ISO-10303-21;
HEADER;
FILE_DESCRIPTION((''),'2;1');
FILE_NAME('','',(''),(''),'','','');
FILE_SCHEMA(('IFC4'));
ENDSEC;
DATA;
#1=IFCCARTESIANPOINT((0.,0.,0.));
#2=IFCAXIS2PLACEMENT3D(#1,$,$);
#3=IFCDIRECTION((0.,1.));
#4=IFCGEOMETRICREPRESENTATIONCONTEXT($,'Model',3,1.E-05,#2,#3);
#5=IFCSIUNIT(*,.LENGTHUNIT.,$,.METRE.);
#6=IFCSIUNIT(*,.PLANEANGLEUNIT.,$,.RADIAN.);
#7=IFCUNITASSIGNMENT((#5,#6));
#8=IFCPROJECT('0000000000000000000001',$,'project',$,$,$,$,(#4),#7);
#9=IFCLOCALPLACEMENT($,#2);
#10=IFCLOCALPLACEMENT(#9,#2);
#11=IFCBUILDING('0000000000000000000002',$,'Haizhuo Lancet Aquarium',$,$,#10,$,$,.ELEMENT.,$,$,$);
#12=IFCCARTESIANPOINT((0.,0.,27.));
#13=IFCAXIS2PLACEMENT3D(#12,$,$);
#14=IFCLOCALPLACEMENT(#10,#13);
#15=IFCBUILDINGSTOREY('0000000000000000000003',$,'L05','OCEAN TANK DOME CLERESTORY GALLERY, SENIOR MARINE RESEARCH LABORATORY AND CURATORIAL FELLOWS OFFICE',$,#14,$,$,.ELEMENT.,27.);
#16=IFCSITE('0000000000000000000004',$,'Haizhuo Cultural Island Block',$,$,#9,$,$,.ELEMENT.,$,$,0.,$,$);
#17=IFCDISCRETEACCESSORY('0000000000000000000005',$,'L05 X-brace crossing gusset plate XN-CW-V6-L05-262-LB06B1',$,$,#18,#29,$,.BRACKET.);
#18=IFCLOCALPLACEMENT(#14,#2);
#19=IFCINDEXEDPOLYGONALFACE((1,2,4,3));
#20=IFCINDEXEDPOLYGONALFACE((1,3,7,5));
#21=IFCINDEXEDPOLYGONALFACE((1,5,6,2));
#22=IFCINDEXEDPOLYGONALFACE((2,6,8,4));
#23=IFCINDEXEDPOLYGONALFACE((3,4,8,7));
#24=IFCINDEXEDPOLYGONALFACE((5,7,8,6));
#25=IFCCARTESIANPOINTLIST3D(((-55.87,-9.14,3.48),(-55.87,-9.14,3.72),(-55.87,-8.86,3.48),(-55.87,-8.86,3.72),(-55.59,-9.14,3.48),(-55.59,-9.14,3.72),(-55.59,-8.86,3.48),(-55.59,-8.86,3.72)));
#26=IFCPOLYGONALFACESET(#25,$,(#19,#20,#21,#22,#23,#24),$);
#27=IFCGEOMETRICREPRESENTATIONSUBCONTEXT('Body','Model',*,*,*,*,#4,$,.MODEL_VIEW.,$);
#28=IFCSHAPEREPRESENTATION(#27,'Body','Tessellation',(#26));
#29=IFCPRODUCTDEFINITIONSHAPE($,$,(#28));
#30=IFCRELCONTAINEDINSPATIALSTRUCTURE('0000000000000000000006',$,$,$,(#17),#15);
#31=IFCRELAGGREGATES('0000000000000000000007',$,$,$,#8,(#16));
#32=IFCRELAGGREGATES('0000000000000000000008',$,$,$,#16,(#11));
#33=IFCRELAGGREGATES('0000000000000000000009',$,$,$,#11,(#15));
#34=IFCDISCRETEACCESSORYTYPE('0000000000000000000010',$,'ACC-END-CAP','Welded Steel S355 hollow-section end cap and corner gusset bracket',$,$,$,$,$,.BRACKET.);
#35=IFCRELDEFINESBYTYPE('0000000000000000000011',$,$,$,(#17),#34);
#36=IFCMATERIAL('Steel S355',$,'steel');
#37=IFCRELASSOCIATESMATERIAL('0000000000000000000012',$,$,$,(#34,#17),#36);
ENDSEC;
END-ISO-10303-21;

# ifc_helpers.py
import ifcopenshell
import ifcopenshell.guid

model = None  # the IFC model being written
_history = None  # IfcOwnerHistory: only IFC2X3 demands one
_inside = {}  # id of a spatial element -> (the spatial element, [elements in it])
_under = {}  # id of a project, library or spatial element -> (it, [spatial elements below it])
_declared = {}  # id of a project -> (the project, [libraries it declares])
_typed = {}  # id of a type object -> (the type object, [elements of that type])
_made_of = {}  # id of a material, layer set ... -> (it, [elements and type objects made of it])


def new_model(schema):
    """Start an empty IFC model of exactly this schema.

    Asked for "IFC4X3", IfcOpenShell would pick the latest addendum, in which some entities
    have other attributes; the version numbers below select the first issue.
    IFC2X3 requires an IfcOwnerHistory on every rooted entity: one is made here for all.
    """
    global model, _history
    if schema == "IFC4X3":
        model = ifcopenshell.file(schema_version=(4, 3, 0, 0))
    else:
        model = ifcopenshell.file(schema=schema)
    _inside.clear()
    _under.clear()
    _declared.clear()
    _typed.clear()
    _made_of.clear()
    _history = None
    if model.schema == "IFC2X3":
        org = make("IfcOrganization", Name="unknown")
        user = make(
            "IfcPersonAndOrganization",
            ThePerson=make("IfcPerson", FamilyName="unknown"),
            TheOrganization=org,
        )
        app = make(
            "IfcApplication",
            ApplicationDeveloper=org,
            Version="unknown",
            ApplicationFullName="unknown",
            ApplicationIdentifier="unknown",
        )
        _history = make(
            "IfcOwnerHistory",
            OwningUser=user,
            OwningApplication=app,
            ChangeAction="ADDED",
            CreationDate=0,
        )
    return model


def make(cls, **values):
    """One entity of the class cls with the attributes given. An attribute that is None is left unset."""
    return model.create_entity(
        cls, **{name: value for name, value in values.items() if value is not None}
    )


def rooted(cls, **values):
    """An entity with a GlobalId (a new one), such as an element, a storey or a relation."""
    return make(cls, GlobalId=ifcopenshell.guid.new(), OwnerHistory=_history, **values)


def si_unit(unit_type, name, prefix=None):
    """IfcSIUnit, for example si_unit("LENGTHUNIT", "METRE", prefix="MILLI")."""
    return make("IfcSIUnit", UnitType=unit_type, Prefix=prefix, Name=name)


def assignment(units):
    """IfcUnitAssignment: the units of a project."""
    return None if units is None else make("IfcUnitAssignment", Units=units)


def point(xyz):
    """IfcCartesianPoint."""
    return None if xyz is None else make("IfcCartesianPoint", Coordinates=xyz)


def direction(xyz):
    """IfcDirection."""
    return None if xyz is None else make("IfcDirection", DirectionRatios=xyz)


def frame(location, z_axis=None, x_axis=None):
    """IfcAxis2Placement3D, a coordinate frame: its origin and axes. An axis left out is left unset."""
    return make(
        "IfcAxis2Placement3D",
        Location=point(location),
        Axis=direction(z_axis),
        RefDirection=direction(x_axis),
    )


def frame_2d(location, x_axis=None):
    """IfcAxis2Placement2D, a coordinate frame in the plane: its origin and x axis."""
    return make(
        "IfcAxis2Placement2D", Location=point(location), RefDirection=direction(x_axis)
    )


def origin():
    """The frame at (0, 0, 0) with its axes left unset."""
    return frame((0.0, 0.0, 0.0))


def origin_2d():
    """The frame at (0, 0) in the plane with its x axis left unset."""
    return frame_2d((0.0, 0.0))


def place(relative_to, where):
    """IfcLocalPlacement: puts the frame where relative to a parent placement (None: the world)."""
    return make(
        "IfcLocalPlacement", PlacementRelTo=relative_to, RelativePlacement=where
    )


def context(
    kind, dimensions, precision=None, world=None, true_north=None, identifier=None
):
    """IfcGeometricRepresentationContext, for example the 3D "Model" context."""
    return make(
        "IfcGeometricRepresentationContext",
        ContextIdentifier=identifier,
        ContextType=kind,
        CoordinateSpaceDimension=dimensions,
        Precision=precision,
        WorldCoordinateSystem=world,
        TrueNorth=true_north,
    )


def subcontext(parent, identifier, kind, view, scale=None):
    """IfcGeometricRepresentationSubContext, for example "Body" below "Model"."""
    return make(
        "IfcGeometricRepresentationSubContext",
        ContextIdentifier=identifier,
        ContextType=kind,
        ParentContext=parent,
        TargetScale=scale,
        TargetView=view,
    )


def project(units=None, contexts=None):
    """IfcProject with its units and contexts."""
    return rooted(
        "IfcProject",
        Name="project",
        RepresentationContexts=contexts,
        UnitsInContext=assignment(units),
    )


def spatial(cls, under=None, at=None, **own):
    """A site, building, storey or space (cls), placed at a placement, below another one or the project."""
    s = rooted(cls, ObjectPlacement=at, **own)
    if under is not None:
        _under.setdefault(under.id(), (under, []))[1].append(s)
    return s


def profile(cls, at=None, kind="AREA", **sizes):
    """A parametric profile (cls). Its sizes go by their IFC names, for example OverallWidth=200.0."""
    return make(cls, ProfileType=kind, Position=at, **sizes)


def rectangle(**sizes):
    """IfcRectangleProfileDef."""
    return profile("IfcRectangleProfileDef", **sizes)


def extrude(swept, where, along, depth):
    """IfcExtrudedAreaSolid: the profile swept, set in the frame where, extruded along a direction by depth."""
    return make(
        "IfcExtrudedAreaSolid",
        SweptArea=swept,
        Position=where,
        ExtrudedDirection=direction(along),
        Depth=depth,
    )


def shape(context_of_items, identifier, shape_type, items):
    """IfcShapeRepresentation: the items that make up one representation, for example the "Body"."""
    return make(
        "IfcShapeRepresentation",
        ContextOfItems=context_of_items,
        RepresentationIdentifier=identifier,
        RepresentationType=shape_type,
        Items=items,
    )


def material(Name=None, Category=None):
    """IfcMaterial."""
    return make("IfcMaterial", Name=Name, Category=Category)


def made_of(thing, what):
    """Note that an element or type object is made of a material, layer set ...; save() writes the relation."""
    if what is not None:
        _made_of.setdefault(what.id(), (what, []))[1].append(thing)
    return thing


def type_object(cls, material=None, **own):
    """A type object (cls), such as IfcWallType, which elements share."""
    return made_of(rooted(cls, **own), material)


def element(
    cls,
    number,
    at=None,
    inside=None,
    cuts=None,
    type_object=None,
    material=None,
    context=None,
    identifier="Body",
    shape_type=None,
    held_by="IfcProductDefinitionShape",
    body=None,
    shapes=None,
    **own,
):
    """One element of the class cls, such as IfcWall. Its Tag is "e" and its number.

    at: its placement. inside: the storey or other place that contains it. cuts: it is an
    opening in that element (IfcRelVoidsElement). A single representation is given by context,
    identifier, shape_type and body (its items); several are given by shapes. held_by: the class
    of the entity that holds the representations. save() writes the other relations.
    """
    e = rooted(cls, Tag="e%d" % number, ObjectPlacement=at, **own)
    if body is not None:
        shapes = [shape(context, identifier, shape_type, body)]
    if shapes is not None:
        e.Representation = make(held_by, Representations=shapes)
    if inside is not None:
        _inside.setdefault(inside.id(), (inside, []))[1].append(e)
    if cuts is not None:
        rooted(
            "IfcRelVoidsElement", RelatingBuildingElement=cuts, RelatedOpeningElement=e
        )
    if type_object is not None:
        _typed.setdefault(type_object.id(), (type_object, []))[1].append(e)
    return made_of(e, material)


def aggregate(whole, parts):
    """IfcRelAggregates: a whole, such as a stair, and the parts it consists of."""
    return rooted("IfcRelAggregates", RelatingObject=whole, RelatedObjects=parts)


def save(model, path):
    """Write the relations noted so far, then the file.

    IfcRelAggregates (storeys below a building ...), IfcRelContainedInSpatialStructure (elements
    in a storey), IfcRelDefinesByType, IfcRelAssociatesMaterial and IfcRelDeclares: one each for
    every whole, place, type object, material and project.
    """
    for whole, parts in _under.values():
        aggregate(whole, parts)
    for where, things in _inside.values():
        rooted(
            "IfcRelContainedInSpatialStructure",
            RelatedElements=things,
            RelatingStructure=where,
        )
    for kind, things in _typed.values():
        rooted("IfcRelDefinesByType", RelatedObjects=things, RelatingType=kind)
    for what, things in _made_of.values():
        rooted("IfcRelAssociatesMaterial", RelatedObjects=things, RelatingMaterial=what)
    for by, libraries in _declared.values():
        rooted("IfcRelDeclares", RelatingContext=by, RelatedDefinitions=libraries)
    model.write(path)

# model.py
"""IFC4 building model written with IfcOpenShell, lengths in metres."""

from ifc_helpers import new_model, si_unit, direction, frame, origin, origin_2d, place, context, subcontext, project, spatial, rectangle, extrude, material, type_object, element, save


model = new_model("IFC4")

# Units and contexts
model_context = context("Model", 3, precision=1e-05, world=origin(), true_north=direction((0.0, 1.0)))
body_context = subcontext(model_context, "Body", "Model", "MODEL_VIEW")
ifc_project = project(units=[si_unit("LENGTHUNIT", "METRE"), si_unit("PLANEANGLEUNIT", "RADIAN")], contexts=[model_context])

# Site, building, storey
site_placement = place(None, origin())
site = spatial("IfcSite", under=ifc_project, at=site_placement, Name="Haizhuo Cultural Island Block", CompositionType="ELEMENT", RefElevation=0.0)
building_placement = place(site_placement, origin())
building = spatial("IfcBuilding", under=site, at=building_placement, Name="Haizhuo Lancet Aquarium", CompositionType="ELEMENT")
storey_placement = place(building_placement, frame((0.0, 0.0, 27.0)))
storey = spatial("IfcBuildingStorey", under=building, at=storey_placement, Name="L05", Description="OCEAN TANK DOME CLERESTORY GALLERY, SENIOR MARINE RESEARCH LABORATORY AND CURATORIAL FELLOWS OFFICE", CompositionType="ELEMENT", Elevation=27.0)

# Shared definitions
ifc_material_1 = material(Name="Steel S355", Category="steel")

# Discrete accessory
discrete_accessory_type = type_object("IfcDiscreteAccessoryType", Name="ACC-END-CAP", Description="Welded Steel S355 hollow-section end cap and corner gusset bracket", PredefinedType="BRACKET", material=ifc_material_1)
for number, where, z_axis, x_axis, name in (
    (1, (-55.73, -9.0, 3.48), (0.0, 0.0, 1.0), (1.0, 0.0, 0.0), "L05 X-brace crossing gusset plate XN-CW-V6-L05-262-LB06B1"),
):
    element("IfcDiscreteAccessory", number, at=place(storey_placement, frame(where, z_axis=z_axis, x_axis=x_axis)), inside=storey, type_object=discrete_accessory_type, material=ifc_material_1, Name=name, PredefinedType="BRACKET", context=body_context, shape_type="SweptSolid", body=[
        extrude(rectangle(XDim=0.28, YDim=0.28, at=origin_2d()), origin(), (0.0, 0.0, 1.0), 0.24),
    ])

save(model, "model.ifc")
